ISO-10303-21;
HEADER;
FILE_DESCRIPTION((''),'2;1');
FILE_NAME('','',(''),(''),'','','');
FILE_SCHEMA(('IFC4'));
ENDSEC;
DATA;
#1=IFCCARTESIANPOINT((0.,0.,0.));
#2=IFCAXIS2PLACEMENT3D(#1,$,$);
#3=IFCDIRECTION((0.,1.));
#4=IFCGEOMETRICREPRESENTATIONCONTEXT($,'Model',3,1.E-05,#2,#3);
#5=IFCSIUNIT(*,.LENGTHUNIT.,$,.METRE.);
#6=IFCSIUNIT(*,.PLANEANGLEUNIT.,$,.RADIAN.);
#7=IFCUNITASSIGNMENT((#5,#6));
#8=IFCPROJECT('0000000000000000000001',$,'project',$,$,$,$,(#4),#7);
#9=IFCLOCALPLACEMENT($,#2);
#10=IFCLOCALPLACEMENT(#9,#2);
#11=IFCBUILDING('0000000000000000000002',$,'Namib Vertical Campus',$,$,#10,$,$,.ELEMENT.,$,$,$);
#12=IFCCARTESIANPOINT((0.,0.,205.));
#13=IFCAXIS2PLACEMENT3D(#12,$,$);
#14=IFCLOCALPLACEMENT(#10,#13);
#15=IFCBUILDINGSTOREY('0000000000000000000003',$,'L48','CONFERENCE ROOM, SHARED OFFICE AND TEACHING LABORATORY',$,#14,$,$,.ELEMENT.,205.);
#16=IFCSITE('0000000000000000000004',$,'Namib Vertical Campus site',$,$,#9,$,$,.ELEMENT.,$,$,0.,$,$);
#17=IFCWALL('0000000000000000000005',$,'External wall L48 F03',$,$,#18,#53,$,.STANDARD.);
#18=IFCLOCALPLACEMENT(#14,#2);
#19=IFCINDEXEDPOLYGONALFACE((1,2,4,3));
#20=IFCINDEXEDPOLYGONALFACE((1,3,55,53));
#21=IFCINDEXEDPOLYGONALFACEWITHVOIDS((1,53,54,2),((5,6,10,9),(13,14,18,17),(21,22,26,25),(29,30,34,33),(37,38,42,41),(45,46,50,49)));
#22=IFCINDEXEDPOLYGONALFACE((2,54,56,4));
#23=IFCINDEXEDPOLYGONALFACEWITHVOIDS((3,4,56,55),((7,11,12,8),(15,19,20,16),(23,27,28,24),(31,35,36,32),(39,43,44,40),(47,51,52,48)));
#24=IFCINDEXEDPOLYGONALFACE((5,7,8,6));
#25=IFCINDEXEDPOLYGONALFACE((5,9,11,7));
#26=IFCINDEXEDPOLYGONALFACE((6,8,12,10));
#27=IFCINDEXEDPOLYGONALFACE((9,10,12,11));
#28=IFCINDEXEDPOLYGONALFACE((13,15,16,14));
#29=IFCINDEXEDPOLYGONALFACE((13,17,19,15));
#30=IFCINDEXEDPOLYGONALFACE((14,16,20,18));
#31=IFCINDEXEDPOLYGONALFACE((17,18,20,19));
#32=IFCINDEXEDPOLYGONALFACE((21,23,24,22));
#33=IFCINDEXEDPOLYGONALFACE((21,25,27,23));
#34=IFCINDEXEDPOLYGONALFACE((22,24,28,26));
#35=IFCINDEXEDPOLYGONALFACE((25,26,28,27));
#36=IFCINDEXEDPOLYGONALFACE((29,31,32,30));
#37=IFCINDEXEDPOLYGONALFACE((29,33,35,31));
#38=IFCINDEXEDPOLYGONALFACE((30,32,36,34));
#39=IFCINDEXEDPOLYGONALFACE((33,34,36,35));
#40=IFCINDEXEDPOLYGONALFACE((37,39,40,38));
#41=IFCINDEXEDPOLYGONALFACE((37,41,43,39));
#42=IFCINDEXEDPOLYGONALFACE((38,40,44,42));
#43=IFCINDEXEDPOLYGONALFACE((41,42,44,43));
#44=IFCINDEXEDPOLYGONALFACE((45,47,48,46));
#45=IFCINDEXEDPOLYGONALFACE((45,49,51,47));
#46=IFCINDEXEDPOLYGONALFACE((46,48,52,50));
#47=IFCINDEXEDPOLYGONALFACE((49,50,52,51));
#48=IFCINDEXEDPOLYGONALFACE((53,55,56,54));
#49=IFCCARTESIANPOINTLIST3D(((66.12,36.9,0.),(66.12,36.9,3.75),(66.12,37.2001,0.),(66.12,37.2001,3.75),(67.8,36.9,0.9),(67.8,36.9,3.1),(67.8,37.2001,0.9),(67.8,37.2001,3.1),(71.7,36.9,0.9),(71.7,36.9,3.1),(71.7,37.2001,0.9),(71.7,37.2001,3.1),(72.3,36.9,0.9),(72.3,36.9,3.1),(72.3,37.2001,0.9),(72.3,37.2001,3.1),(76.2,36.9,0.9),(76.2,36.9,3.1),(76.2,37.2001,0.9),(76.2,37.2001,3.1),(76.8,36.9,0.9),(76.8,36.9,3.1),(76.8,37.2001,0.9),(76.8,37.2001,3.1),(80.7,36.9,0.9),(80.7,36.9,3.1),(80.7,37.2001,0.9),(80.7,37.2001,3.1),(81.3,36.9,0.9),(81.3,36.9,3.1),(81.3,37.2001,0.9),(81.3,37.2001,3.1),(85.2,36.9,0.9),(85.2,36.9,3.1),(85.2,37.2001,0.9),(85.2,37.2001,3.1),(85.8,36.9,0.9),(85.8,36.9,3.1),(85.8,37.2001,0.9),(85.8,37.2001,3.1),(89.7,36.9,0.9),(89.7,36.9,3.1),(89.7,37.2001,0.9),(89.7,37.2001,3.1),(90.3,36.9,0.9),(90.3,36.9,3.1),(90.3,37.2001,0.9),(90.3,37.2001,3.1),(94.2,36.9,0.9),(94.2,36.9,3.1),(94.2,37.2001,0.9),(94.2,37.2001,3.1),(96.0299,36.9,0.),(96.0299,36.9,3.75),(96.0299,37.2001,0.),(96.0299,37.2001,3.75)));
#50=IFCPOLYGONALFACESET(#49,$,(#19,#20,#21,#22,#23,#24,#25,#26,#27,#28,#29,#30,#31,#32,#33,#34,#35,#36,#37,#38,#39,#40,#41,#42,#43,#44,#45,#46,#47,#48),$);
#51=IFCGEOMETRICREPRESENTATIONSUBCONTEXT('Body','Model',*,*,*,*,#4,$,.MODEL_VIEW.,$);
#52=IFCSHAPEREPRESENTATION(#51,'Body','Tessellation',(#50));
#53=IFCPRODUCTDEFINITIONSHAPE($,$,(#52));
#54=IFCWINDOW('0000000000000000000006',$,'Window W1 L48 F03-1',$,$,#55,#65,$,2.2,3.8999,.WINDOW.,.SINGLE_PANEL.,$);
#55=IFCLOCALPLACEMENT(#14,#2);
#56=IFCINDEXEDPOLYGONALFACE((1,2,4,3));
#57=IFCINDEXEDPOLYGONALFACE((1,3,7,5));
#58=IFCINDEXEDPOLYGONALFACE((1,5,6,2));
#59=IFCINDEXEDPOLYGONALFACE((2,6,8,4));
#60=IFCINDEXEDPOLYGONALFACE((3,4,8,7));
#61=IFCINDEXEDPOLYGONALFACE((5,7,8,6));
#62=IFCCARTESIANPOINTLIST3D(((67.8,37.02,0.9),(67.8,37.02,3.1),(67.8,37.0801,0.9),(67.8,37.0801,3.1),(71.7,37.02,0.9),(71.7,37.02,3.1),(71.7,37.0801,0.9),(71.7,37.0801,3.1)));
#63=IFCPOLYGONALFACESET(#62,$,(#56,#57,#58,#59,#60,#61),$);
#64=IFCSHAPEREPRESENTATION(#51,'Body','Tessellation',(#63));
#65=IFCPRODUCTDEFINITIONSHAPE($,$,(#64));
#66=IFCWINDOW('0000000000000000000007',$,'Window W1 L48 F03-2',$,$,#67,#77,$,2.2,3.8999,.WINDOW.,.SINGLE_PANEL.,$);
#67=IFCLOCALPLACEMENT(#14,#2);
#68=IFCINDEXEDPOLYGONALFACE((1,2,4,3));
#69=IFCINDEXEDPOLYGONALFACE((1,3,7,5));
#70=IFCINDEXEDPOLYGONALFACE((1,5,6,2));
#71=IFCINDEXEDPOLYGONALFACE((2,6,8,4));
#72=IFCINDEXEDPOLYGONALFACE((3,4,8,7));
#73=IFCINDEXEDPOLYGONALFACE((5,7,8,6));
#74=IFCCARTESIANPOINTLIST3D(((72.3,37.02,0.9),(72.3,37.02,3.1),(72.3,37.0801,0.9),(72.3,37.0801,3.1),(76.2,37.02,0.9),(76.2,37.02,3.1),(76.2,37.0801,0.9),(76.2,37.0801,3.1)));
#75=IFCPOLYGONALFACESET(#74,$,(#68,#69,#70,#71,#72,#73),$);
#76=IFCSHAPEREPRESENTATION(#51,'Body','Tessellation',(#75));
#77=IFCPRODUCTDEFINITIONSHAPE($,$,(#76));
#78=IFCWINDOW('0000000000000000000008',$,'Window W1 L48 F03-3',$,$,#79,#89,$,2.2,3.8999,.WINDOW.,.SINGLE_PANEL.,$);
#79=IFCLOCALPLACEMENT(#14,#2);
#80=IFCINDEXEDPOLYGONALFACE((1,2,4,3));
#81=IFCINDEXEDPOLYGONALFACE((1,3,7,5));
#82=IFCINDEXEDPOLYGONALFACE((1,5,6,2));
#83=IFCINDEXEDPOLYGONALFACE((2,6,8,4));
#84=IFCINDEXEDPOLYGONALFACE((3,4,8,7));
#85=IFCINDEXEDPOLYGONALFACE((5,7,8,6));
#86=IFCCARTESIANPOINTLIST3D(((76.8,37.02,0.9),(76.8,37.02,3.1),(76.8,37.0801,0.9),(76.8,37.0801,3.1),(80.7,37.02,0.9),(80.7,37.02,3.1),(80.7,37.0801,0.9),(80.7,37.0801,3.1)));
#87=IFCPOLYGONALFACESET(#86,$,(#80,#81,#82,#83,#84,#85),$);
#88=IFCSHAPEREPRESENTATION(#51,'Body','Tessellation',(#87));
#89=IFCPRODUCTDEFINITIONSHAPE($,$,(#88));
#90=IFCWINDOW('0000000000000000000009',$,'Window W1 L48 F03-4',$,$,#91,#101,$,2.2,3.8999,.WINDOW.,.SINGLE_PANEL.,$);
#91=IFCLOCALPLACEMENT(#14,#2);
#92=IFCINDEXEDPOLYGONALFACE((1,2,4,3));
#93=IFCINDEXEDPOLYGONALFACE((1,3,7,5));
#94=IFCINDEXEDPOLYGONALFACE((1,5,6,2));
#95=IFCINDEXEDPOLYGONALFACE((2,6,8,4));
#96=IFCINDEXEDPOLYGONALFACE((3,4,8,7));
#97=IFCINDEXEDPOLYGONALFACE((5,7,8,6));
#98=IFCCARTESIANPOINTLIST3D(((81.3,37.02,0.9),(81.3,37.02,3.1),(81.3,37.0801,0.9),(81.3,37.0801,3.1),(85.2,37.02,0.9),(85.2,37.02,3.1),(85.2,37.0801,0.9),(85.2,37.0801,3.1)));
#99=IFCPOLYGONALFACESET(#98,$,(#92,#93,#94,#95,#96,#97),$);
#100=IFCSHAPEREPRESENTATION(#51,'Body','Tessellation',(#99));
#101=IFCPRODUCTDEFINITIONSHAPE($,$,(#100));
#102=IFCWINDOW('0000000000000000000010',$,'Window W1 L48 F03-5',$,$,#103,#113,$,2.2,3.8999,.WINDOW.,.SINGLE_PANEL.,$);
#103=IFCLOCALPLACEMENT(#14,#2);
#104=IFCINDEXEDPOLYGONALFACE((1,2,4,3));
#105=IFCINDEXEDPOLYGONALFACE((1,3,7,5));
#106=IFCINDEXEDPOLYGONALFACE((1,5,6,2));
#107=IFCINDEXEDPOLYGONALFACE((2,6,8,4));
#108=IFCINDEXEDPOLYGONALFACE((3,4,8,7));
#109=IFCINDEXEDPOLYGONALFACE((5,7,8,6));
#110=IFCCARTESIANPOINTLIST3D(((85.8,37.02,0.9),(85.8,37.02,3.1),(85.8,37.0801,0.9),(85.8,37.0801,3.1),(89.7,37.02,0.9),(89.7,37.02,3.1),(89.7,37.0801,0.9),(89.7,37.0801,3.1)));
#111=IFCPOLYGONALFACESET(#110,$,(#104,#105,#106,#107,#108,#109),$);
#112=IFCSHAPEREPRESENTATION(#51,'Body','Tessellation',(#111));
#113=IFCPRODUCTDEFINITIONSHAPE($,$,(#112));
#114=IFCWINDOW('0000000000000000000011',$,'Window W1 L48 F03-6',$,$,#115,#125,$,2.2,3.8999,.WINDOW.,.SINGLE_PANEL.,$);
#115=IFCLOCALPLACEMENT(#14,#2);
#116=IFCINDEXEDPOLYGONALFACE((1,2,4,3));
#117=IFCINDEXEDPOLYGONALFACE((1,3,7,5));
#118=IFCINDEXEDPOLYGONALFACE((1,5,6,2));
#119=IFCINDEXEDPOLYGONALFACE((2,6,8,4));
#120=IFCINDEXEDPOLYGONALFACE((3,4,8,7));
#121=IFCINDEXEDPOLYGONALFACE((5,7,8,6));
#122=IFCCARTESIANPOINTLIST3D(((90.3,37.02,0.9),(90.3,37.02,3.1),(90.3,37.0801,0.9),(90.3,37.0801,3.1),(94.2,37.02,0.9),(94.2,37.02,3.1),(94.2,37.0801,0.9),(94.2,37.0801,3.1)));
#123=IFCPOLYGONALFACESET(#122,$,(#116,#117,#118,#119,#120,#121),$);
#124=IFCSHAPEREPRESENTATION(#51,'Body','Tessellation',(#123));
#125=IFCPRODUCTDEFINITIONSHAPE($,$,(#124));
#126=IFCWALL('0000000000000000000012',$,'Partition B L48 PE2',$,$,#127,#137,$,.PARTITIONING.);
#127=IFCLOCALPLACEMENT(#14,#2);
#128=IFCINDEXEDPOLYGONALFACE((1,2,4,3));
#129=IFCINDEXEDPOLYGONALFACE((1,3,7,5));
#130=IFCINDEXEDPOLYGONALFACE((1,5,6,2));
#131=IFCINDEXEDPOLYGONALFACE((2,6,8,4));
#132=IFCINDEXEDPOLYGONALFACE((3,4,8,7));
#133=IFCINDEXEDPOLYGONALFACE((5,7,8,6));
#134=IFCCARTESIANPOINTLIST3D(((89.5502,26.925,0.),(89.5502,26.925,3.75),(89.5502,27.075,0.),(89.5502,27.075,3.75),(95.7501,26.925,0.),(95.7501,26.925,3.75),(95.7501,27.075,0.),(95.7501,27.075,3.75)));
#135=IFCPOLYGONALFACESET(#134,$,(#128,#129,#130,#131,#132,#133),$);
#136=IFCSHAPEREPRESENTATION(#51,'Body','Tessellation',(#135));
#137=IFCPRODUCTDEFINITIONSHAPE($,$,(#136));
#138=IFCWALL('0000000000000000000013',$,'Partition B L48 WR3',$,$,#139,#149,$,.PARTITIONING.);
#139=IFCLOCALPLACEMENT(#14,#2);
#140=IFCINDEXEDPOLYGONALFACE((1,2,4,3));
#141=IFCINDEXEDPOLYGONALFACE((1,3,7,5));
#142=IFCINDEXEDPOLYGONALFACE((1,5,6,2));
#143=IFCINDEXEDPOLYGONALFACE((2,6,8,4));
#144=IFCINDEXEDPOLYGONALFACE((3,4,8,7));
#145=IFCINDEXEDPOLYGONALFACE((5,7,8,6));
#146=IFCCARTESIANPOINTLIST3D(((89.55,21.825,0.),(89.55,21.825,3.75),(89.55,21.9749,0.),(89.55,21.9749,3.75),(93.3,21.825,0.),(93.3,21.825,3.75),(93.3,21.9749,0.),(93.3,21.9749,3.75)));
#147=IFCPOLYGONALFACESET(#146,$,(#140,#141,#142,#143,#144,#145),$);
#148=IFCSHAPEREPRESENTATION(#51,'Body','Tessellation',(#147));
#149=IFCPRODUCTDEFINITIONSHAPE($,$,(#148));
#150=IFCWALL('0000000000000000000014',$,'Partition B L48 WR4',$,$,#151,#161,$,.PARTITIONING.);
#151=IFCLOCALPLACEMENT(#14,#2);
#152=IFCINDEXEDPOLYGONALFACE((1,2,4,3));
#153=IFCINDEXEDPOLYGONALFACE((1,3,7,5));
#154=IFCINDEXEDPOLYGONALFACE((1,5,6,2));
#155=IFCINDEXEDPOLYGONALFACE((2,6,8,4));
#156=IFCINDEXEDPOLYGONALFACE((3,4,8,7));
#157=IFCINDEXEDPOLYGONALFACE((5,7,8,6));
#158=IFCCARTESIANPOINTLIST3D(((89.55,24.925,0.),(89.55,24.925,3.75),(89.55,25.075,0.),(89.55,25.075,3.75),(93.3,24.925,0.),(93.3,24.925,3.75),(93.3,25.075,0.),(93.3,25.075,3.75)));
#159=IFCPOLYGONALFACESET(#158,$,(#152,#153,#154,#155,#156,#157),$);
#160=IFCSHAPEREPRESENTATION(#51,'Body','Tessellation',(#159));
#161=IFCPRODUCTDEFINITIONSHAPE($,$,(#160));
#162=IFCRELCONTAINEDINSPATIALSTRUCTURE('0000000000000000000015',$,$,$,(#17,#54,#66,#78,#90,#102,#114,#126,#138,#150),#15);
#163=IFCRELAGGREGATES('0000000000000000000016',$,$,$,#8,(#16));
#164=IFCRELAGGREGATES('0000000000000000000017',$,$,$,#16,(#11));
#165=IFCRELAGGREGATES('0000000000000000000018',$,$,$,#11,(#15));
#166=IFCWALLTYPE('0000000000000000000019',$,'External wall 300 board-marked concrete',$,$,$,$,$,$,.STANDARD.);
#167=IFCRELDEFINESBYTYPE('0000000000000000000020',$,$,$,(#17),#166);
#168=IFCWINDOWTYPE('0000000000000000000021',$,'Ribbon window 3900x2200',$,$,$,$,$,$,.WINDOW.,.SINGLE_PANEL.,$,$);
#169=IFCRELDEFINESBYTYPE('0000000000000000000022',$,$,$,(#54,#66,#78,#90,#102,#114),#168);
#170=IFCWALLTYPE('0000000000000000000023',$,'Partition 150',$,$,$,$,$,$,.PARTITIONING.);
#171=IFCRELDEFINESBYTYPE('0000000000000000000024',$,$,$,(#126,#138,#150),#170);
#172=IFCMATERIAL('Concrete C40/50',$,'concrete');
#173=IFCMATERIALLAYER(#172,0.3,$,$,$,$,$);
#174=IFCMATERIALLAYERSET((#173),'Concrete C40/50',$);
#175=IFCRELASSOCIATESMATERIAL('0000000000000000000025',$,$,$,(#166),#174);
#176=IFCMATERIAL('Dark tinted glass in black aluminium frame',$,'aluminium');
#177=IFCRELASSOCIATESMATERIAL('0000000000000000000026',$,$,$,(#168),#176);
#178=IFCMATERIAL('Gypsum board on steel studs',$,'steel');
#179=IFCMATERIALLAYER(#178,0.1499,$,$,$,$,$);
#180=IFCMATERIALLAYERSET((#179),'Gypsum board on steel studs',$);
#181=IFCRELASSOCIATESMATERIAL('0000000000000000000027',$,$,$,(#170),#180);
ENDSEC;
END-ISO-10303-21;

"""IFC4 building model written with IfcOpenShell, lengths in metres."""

from ifc_helpers import new_model, si_unit, direction, frame, frame_2d, origin, place, context, subcontext, project, spatial, rectangle, extrude, material, layer, layer_set, type_object, element, fill, save


model = new_model("IFC4")

# Units and contexts
model_context = context("Model", 3, precision=1e-05, world=origin(), true_north=direction((0.0, 1.0)))
body_context = subcontext(model_context, "Body", "Model", "MODEL_VIEW")
ifc_project = project(units=[si_unit("LENGTHUNIT", "METRE"), si_unit("PLANEANGLEUNIT", "RADIAN")], contexts=[model_context])

# Site, building, storey
site_placement = place(None, origin())
site = spatial("IfcSite", under=ifc_project, at=site_placement, Name="Namib Vertical Campus site", CompositionType="ELEMENT", RefElevation=0.0)
building_placement = place(site_placement, origin())
building = spatial("IfcBuilding", under=site, at=building_placement, Name="Namib Vertical Campus", CompositionType="ELEMENT")
storey_placement = place(building_placement, frame((0.0, 0.0, 205.0)))
storey = spatial("IfcBuildingStorey", under=building, at=storey_placement, Name="L48", Description="CONFERENCE ROOM, SHARED OFFICE AND TEACHING LABORATORY", CompositionType="ELEMENT", Elevation=205.0)

# Wall, openings, windows
ifc_material_1 = material(Name="Concrete C40/50", Category="concrete")
ifc_layer_1 = layer(ifc_material_1, 0.3)
ifc_layer_set_1 = layer_set([ifc_layer_1], Name="Concrete C40/50")
wall_type_1 = type_object("IfcWallType", Name="External wall 300 board-marked concrete", PredefinedType="STANDARD", material=ifc_layer_set_1)
wall_1_placement = place(storey_placement, frame((96.03, 37.05, 0.0), z_axis=(0.0, 0.0, 1.0), x_axis=(-1.0, 0.0, 0.0)))
wall_1 = element("IfcWall", 1, at=wall_1_placement, inside=storey, type_object=wall_type_1, Name="External wall L48 F03", PredefinedType="STANDARD", context=body_context, shape_type="SweptSolid", body=[
    extrude(rectangle(XDim=29.9099, YDim=0.3, at=frame_2d((14.9551, 0.0))), origin(), (0.0, 0.0, 1.0), 3.75),
])
opening_1_placement = place(wall_1_placement, frame((24.3301, 0.0, 0.8999)))
opening_1 = element("IfcOpeningElement", 2, at=opening_1_placement, cuts=wall_1, PredefinedType="OPENING", context=body_context, shape_type="SweptSolid", body=[
    extrude(rectangle(XDim=3.8999, YDim=2.2, at=frame_2d((1.95, 1.1001))), frame((0.0, 0.1599, 0.0), z_axis=(0.0, -1.0, 0.0), x_axis=(1.0, 0.0, 0.0)), (0.0, 0.0, 1.0), 0.3201),
])
opening_2_placement = place(wall_1_placement, frame((19.8301, 0.0, 0.8999)))
opening_2 = element("IfcOpeningElement", 3, at=opening_2_placement, cuts=wall_1, PredefinedType="OPENING", context=body_context, shape_type="SweptSolid", body=[
    extrude(rectangle(XDim=3.8999, YDim=2.2, at=frame_2d((1.95, 1.1001))), frame((0.0, 0.1599, 0.0), z_axis=(0.0, -1.0, 0.0), x_axis=(1.0, 0.0, 0.0)), (0.0, 0.0, 1.0), 0.3201),
])
opening_3_placement = place(wall_1_placement, frame((15.3301, 0.0, 0.8999)))
opening_3 = element("IfcOpeningElement", 4, at=opening_3_placement, cuts=wall_1, PredefinedType="OPENING", context=body_context, shape_type="SweptSolid", body=[
    extrude(rectangle(XDim=3.8999, YDim=2.2, at=frame_2d((1.95, 1.1001))), frame((0.0, 0.1599, 0.0), z_axis=(0.0, -1.0, 0.0), x_axis=(1.0, 0.0, 0.0)), (0.0, 0.0, 1.0), 0.3201),
])
opening_4_placement = place(wall_1_placement, frame((10.8301, 0.0, 0.8999)))
opening_4 = element("IfcOpeningElement", 5, at=opening_4_placement, cuts=wall_1, PredefinedType="OPENING", context=body_context, shape_type="SweptSolid", body=[
    extrude(rectangle(XDim=3.8999, YDim=2.2, at=frame_2d((1.95, 1.1001))), frame((0.0, 0.1599, 0.0), z_axis=(0.0, -1.0, 0.0), x_axis=(1.0, 0.0, 0.0)), (0.0, 0.0, 1.0), 0.3201),
])
opening_5_placement = place(wall_1_placement, frame((6.3301, 0.0, 0.8999)))
opening_5 = element("IfcOpeningElement", 6, at=opening_5_placement, cuts=wall_1, PredefinedType="OPENING", context=body_context, shape_type="SweptSolid", body=[
    extrude(rectangle(XDim=3.8999, YDim=2.2, at=frame_2d((1.95, 1.1001))), frame((0.0, 0.1599, 0.0), z_axis=(0.0, -1.0, 0.0), x_axis=(1.0, 0.0, 0.0)), (0.0, 0.0, 1.0), 0.3201),
])
opening_6_placement = place(wall_1_placement, frame((1.8301, 0.0, 0.8999)))
opening_6 = element("IfcOpeningElement", 7, at=opening_6_placement, cuts=wall_1, PredefinedType="OPENING", context=body_context, shape_type="SweptSolid", body=[
    extrude(rectangle(XDim=3.8999, YDim=2.2, at=frame_2d((1.95, 1.1001))), frame((0.0, 0.1599, 0.0), z_axis=(0.0, -1.0, 0.0), x_axis=(1.0, 0.0, 0.0)), (0.0, 0.0, 1.0), 0.3201),
])
ifc_material_2 = material(Name="Dark tinted glass in black aluminium frame", Category="aluminium")
window_type = type_object("IfcWindowType", Name="Ribbon window 3900x2200", PartitioningType="SINGLE_PANEL", PredefinedType="WINDOW", material=ifc_material_2)
window_1_placement = place(opening_1_placement, origin())
window_1 = element("IfcWindow", 8, at=window_1_placement, inside=storey, type_object=window_type, Name="Window W1 L48 F03-1", OverallHeight=2.2, OverallWidth=3.8999, PartitioningType="SINGLE_PANEL", PredefinedType="WINDOW", context=body_context, shape_type="SweptSolid", body=[
    extrude(rectangle(XDim=3.8999, YDim=2.2, at=frame_2d((1.95, 1.1001))), frame((0.0, 0.03, 0.0), z_axis=(0.0, -1.0, 0.0), x_axis=(1.0, 0.0, 0.0)), (0.0, 0.0, 1.0), 0.0601),
])
fill(opening_1, window_1)
window_2_placement = place(opening_2_placement, origin())
window_2 = element("IfcWindow", 9, at=window_2_placement, inside=storey, type_object=window_type, Name="Window W1 L48 F03-2", OverallHeight=2.2, OverallWidth=3.8999, PartitioningType="SINGLE_PANEL", PredefinedType="WINDOW", context=body_context, shape_type="SweptSolid", body=[
    extrude(rectangle(XDim=3.8999, YDim=2.2, at=frame_2d((1.95, 1.1001))), frame((0.0, 0.03, 0.0), z_axis=(0.0, -1.0, 0.0), x_axis=(1.0, 0.0, 0.0)), (0.0, 0.0, 1.0), 0.0601),
])
fill(opening_2, window_2)
window_3_placement = place(opening_3_placement, origin())
window_3 = element("IfcWindow", 10, at=window_3_placement, inside=storey, type_object=window_type, Name="Window W1 L48 F03-3", OverallHeight=2.2, OverallWidth=3.8999, PartitioningType="SINGLE_PANEL", PredefinedType="WINDOW", context=body_context, shape_type="SweptSolid", body=[
    extrude(rectangle(XDim=3.8999, YDim=2.2, at=frame_2d((1.95, 1.1001))), frame((0.0, 0.03, 0.0), z_axis=(0.0, -1.0, 0.0), x_axis=(1.0, 0.0, 0.0)), (0.0, 0.0, 1.0), 0.0601),
])
fill(opening_3, window_3)
window_4_placement = place(opening_4_placement, origin())
window_4 = element("IfcWindow", 11, at=window_4_placement, inside=storey, type_object=window_type, Name="Window W1 L48 F03-4", OverallHeight=2.2, OverallWidth=3.8999, PartitioningType="SINGLE_PANEL", PredefinedType="WINDOW", context=body_context, shape_type="SweptSolid", body=[
    extrude(rectangle(XDim=3.8999, YDim=2.2, at=frame_2d((1.95, 1.1001))), frame((0.0, 0.03, 0.0), z_axis=(0.0, -1.0, 0.0), x_axis=(1.0, 0.0, 0.0)), (0.0, 0.0, 1.0), 0.0601),
])
fill(opening_4, window_4)
window_5_placement = place(opening_5_placement, origin())
window_5 = element("IfcWindow", 12, at=window_5_placement, inside=storey, type_object=window_type, Name="Window W1 L48 F03-5", OverallHeight=2.2, OverallWidth=3.8999, PartitioningType="SINGLE_PANEL", PredefinedType="WINDOW", context=body_context, shape_type="SweptSolid", body=[
    extrude(rectangle(XDim=3.8999, YDim=2.2, at=frame_2d((1.95, 1.1001))), frame((0.0, 0.03, 0.0), z_axis=(0.0, -1.0, 0.0), x_axis=(1.0, 0.0, 0.0)), (0.0, 0.0, 1.0), 0.0601),
])
fill(opening_5, window_5)
window_6_placement = place(opening_6_placement, origin())
window_6 = element("IfcWindow", 13, at=window_6_placement, inside=storey, type_object=window_type, Name="Window W1 L48 F03-6", OverallHeight=2.2, OverallWidth=3.8999, PartitioningType="SINGLE_PANEL", PredefinedType="WINDOW", context=body_context, shape_type="SweptSolid", body=[
    extrude(rectangle(XDim=3.8999, YDim=2.2, at=frame_2d((1.95, 1.1001))), frame((0.0, 0.03, 0.0), z_axis=(0.0, -1.0, 0.0), x_axis=(1.0, 0.0, 0.0)), (0.0, 0.0, 1.0), 0.0601),
])
fill(opening_6, window_6)

# Walls
ifc_material_3 = material(Name="Gypsum board on steel studs", Category="steel")
ifc_layer_2 = layer(ifc_material_3, 0.1499)
ifc_layer_set_2 = layer_set([ifc_layer_2], Name="Gypsum board on steel studs")
wall_type_2 = type_object("IfcWallType", Name="Partition 150", PredefinedType="PARTITIONING", material=ifc_layer_set_2)
wall_2_placement = place(storey_placement, frame((89.55, 27.0, 0.0), z_axis=(0.0, 0.0, 1.0), x_axis=(1.0, 0.0, 0.0)))
element("IfcWall", 14, at=wall_2_placement, inside=storey, type_object=wall_type_2, Name="Partition B L48 PE2", PredefinedType="PARTITIONING", context=body_context, shape_type="SweptSolid", body=[
    extrude(rectangle(XDim=6.2, YDim=0.1499, at=frame_2d((3.1001, 0.0))), origin(), (0.0, 0.0, 1.0), 3.75),
])
for number, where, z_axis, x_axis, name in (
    (15, (89.55, 21.8999, 0.0), (0.0, 0.0, 1.0), (1.0, 0.0, 0.0), "Partition B L48 WR3"),
    (16, (89.55, 25.0, 0.0), (0.0, 0.0, 1.0), (1.0, 0.0, 0.0), "Partition B L48 WR4"),
):
    element("IfcWall", number, at=place(storey_placement, frame(where, z_axis=z_axis, x_axis=x_axis)), inside=storey, type_object=wall_type_2, Name=name, PredefinedType="PARTITIONING", context=body_context, shape_type="SweptSolid", body=[
        extrude(rectangle(XDim=3.75, YDim=0.1499, at=frame_2d((1.875, 0.0))), origin(), (0.0, 0.0, 1.0), 3.75),
    ])

save(model, "model.ifc")
